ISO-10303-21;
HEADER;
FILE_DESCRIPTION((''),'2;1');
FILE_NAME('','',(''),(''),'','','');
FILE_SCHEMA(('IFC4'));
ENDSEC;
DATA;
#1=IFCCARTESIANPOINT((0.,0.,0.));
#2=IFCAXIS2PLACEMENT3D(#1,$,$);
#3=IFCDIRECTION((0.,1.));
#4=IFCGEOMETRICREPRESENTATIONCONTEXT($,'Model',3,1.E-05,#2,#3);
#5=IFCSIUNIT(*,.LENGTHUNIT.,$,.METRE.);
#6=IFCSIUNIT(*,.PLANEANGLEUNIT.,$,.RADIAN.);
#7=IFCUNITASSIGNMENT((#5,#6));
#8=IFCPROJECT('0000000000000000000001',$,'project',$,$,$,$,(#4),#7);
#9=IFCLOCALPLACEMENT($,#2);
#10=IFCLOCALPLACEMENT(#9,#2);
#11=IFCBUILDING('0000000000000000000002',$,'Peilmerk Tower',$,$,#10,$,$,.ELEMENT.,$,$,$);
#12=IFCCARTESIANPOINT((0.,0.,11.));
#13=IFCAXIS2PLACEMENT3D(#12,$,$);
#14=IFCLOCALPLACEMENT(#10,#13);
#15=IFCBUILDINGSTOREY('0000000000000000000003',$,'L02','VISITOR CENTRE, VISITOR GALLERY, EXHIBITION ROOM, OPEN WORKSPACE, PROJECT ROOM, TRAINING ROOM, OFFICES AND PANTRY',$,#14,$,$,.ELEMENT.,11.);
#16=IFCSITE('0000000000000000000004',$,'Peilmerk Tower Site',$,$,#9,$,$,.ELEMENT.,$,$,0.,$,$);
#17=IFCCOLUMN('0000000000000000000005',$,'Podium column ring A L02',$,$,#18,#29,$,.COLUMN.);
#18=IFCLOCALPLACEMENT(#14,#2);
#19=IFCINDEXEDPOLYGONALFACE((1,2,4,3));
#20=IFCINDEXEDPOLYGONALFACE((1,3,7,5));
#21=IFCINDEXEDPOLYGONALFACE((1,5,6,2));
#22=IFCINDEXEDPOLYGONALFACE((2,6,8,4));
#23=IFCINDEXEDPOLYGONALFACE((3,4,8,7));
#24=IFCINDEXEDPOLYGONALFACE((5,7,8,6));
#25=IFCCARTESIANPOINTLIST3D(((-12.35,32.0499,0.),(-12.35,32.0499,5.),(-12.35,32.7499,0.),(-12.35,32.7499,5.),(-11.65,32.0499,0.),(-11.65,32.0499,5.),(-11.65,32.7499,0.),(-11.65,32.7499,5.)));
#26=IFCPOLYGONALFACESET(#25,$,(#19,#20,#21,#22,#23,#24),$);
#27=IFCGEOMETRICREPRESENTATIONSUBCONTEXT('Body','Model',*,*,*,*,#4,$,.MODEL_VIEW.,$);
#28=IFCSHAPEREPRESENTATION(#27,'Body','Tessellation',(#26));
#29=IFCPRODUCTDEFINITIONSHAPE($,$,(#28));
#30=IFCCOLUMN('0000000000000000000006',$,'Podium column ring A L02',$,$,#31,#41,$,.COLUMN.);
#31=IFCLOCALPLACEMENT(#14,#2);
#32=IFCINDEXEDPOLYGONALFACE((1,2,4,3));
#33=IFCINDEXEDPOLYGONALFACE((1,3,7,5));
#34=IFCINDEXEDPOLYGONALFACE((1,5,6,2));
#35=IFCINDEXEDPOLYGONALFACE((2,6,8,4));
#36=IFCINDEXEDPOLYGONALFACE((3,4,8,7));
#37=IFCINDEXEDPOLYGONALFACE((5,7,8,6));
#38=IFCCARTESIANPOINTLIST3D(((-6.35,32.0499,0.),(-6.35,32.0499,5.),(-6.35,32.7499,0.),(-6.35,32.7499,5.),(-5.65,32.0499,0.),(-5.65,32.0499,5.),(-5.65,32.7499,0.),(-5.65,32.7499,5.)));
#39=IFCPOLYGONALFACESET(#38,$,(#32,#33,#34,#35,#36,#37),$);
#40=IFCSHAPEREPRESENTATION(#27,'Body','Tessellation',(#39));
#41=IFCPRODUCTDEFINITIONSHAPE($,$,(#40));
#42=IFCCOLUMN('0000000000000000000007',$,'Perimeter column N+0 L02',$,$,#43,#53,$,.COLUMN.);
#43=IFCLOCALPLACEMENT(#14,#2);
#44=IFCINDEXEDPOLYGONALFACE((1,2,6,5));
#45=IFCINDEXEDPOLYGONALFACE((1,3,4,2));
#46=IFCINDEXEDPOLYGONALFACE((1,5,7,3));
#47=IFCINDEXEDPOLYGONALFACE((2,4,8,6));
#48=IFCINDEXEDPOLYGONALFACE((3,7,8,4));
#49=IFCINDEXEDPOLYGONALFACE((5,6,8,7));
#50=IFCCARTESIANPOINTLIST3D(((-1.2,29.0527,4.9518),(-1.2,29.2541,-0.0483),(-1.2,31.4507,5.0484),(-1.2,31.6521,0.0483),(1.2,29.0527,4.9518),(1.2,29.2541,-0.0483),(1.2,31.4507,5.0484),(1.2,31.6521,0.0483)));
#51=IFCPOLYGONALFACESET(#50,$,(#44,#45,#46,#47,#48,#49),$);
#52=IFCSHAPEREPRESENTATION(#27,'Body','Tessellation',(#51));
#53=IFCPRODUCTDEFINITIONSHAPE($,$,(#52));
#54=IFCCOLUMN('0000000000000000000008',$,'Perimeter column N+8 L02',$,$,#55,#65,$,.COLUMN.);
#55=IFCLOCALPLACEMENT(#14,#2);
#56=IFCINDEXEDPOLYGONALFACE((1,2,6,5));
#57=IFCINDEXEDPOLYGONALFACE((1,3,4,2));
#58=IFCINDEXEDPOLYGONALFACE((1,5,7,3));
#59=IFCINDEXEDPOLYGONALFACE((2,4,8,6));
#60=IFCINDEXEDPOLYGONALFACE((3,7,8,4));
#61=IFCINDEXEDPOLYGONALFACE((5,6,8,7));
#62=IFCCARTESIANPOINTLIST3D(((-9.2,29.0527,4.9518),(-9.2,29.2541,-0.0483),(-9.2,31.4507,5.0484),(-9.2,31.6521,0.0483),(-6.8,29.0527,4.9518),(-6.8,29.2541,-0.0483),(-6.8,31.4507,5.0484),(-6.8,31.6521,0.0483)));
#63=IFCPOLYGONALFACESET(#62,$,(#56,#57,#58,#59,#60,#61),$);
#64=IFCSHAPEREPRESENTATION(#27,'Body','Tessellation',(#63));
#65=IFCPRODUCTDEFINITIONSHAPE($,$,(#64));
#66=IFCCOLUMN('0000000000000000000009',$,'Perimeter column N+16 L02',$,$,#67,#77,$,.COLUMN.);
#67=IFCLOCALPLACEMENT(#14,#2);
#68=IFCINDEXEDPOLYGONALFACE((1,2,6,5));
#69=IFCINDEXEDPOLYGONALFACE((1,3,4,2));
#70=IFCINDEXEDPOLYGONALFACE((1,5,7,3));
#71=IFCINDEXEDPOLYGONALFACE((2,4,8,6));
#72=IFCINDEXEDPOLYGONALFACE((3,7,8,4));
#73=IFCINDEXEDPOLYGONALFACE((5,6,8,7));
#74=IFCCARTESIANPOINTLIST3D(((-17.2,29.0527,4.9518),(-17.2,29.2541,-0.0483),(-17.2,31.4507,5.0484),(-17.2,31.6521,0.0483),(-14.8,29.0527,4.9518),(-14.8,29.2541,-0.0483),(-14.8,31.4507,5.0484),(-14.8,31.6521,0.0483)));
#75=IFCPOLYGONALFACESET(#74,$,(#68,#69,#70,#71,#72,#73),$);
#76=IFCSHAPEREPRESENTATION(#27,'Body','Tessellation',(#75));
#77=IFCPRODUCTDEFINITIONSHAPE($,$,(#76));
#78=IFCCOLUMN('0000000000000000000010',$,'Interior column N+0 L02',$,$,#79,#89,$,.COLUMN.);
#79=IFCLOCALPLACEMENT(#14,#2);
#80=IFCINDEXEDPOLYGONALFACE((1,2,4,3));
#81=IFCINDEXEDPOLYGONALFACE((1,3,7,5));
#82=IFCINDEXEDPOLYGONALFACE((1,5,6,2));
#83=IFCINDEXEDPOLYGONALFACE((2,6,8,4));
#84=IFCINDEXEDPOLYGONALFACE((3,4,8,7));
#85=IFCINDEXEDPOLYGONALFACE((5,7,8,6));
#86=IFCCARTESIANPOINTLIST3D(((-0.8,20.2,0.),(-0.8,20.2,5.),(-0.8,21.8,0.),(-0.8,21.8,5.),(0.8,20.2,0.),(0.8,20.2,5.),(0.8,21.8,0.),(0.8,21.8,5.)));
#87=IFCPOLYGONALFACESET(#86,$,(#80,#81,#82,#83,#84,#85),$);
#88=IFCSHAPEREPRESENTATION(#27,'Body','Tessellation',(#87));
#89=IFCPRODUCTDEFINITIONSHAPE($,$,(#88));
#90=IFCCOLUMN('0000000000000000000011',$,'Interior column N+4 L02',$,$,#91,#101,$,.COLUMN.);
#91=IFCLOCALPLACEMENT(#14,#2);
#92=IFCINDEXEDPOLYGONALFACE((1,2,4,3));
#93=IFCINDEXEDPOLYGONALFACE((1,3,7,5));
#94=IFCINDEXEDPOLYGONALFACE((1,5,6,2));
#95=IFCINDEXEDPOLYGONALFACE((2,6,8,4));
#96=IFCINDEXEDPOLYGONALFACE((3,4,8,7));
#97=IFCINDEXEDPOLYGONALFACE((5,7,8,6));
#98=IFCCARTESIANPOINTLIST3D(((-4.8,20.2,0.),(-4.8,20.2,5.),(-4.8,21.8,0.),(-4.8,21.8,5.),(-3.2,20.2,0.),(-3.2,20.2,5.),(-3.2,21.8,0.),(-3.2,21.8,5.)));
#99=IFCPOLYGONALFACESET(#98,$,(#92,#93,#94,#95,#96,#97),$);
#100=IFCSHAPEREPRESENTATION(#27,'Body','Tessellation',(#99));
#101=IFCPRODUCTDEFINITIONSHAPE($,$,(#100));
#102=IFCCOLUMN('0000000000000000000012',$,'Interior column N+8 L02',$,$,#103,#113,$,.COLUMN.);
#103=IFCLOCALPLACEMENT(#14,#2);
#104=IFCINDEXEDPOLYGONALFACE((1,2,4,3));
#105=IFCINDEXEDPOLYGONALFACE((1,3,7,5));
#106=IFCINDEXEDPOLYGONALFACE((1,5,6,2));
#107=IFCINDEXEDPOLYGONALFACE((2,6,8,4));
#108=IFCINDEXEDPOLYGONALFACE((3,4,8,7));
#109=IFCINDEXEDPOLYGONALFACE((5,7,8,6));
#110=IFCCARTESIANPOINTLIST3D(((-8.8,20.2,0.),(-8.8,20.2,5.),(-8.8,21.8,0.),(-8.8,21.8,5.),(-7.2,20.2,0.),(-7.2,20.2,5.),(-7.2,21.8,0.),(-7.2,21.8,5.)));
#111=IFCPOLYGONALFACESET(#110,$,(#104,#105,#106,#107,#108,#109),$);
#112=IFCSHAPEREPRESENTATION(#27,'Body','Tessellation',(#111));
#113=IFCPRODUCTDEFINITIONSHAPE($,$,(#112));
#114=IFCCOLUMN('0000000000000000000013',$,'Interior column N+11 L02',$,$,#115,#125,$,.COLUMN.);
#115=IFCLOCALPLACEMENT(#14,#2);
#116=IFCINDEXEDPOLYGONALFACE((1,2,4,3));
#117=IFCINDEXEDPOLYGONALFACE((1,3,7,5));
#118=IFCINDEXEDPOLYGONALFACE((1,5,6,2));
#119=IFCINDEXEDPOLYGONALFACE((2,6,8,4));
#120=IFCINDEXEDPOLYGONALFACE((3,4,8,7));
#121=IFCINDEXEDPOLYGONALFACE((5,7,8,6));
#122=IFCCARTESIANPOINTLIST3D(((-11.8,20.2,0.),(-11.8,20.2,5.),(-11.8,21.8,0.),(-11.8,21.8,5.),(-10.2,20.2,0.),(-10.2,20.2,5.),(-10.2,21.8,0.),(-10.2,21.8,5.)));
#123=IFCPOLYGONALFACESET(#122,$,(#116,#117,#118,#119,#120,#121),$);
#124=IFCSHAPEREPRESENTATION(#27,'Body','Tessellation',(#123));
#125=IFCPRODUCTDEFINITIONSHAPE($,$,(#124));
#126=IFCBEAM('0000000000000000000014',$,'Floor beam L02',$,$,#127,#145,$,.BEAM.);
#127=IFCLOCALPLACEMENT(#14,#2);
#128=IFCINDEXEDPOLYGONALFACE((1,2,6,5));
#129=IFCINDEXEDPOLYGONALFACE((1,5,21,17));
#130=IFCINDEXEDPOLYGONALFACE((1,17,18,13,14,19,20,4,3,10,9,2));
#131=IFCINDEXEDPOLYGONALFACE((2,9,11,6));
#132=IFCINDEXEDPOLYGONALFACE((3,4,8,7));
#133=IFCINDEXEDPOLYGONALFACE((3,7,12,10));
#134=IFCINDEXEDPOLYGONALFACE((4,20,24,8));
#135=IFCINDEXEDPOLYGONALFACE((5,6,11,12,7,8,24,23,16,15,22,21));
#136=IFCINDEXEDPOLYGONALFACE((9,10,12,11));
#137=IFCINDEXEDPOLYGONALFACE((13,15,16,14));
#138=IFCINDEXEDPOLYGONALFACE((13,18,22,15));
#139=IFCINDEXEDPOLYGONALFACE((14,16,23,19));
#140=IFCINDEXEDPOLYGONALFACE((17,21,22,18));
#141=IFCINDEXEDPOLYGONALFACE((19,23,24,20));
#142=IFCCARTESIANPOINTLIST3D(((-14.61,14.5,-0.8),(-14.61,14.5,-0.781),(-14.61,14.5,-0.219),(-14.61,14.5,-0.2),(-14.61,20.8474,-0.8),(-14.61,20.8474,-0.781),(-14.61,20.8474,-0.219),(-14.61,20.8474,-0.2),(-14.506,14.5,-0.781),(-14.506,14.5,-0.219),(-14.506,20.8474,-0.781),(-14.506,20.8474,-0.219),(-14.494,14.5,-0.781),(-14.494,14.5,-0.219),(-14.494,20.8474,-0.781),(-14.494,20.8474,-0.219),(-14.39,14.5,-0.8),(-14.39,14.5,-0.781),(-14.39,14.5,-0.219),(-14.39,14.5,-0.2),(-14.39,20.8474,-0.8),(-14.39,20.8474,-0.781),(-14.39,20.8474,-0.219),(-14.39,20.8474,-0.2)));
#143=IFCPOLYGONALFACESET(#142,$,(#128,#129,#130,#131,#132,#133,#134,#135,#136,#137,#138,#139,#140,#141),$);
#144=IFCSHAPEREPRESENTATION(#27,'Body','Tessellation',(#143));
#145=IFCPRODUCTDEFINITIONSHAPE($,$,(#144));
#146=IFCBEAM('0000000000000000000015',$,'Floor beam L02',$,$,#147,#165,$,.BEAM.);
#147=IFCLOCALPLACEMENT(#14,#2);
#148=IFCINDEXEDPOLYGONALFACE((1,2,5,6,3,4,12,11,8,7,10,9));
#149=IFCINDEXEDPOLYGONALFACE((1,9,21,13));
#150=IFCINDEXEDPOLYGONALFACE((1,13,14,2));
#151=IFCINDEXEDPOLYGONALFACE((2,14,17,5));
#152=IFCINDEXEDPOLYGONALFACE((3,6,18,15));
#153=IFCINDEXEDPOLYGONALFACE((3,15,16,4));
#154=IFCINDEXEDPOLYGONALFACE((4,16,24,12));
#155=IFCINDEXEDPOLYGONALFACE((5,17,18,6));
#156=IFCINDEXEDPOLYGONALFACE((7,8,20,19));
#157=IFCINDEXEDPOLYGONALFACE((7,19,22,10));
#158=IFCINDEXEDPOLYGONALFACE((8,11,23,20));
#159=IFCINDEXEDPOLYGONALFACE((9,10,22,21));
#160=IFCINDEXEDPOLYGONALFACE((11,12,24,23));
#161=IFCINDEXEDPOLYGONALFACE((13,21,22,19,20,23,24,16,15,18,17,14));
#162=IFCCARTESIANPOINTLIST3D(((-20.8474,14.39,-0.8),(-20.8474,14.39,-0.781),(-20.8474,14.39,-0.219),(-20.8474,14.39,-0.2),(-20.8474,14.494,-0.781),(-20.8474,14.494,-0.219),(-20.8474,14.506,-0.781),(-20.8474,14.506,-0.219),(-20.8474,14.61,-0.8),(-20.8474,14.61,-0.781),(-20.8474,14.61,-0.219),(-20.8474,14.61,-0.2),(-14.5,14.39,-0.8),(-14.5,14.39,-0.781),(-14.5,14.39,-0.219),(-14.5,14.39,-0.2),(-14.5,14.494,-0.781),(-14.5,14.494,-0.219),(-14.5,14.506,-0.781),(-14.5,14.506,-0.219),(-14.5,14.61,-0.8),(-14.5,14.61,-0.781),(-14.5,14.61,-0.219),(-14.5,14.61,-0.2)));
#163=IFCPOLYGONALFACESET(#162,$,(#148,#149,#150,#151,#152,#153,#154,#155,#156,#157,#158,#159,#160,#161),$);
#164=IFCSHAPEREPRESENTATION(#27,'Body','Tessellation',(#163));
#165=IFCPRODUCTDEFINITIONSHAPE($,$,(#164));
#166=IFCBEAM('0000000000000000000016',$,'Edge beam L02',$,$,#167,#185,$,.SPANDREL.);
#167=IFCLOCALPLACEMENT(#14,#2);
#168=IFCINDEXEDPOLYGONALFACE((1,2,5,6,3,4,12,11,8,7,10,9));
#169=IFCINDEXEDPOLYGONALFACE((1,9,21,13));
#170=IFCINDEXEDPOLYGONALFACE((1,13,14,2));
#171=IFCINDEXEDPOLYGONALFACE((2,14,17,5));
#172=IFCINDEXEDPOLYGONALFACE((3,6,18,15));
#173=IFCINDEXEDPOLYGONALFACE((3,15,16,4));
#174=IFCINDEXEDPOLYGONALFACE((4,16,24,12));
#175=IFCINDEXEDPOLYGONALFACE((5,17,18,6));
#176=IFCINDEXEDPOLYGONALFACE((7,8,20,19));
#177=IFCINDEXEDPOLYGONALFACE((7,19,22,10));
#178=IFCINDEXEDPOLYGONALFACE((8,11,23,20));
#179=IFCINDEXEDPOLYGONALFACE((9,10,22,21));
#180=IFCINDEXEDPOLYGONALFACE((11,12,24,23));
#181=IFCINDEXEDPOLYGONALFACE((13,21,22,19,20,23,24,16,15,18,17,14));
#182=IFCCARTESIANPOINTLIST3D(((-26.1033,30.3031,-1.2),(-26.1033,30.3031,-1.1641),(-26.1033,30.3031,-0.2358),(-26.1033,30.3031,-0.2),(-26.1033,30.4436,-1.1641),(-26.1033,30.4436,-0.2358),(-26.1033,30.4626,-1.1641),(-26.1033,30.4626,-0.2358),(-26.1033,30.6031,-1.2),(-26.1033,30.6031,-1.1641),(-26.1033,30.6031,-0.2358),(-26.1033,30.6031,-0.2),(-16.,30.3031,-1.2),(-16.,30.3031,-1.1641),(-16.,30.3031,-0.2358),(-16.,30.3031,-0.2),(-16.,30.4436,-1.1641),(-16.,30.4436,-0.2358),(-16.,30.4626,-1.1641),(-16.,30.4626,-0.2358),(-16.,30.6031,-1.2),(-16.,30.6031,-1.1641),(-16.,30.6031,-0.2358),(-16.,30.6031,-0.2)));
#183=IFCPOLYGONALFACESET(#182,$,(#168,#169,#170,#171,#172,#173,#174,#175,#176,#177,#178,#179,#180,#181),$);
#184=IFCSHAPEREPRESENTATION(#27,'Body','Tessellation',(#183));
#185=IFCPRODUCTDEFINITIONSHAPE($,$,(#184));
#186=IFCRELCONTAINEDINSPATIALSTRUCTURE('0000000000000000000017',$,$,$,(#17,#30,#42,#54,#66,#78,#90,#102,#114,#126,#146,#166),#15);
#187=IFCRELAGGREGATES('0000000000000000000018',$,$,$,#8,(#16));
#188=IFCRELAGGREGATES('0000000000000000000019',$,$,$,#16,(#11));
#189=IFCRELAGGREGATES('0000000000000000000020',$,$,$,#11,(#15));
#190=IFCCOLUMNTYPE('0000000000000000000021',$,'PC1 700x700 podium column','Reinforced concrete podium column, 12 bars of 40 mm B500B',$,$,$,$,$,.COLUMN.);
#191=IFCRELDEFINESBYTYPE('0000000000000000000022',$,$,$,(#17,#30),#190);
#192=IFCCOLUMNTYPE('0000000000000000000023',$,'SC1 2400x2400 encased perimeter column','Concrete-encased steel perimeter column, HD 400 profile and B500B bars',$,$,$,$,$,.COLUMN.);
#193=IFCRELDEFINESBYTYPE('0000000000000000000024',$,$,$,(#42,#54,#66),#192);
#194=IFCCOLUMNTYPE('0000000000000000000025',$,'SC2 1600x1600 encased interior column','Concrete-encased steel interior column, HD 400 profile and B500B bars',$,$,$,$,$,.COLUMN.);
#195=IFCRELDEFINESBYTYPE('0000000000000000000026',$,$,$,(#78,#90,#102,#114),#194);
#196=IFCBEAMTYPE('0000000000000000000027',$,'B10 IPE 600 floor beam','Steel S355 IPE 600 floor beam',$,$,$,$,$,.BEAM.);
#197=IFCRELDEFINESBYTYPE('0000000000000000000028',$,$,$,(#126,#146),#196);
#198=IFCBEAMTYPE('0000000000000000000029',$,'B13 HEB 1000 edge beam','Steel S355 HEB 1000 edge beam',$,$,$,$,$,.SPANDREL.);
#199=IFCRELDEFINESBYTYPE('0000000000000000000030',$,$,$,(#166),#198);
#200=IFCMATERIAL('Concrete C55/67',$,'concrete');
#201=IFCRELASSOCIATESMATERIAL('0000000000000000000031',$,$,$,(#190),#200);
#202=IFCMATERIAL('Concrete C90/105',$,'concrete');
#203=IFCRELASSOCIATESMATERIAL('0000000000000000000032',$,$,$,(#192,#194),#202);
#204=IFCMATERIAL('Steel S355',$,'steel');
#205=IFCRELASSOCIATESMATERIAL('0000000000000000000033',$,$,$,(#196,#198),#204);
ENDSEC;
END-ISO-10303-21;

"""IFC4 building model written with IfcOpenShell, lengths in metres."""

from ifc_helpers import new_model, si_unit, direction, frame, origin, origin_2d, place, context, subcontext, project, spatial, rectangle, i_section, extrude, material, material_profile, profile_set, type_object, element, save


model = new_model("IFC4")

# Units and contexts
model_context = context("Model", 3, precision=1e-05, world=origin(), true_north=direction((0.0, 1.0)))
body_context = subcontext(model_context, "Body", "Model", "MODEL_VIEW")
ifc_project = project(units=[si_unit("LENGTHUNIT", "METRE"), si_unit("PLANEANGLEUNIT", "RADIAN")], contexts=[model_context])

# Site, building, storey
site_placement = place(None, origin())
site = spatial("IfcSite", under=ifc_project, at=site_placement, Name="Peilmerk Tower Site", CompositionType="ELEMENT", RefElevation=0.0)
building_placement = place(site_placement, origin())
building = spatial("IfcBuilding", under=site, at=building_placement, Name="Peilmerk Tower", CompositionType="ELEMENT")
storey_placement = place(building_placement, frame((0.0, 0.0, 11.0)))
storey = spatial("IfcBuildingStorey", under=building, at=storey_placement, Name="L02", Description="VISITOR CENTRE, VISITOR GALLERY, EXHIBITION ROOM, OPEN WORKSPACE, PROJECT ROOM, TRAINING ROOM, OFFICES AND PANTRY", CompositionType="ELEMENT", Elevation=11.0)

# Columns
ifc_material_1 = material(Name="Concrete C55/67", Category="concrete")
ifc_material_profile_1 = material_profile(ifc_material_1, rectangle(XDim=0.7, YDim=0.7, at=origin_2d()), Name="RC 700x700")
ifc_profile_set_1 = profile_set([ifc_material_profile_1], Name="Concrete C55/67")
column_type_1 = type_object("IfcColumnType", Name="PC1 700x700 podium column", Description="Reinforced concrete podium column, 12 bars of 40 mm B500B", PredefinedType="COLUMN", material=ifc_profile_set_1)
for number, where, z_axis, x_axis, name in (
    (1, (-12.0, 32.3999, 0.0), (0.0, 0.0, 1.0), (1.0, 0.0, 0.0), "Podium column ring A L02"),
    (2, (-6.0, 32.3999, 0.0), (0.0, 0.0, 1.0), (1.0, 0.0, 0.0), "Podium column ring A L02"),
):
    element("IfcColumn", number, at=place(storey_placement, frame(where, z_axis=z_axis, x_axis=x_axis)), inside=storey, type_object=column_type_1, Name=name, PredefinedType="COLUMN", context=body_context, shape_type="SweptSolid", body=[
        extrude(rectangle(XDim=0.7, YDim=0.7, at=origin_2d()), origin(), (0.0, 0.0, 1.0), 5.0),
    ])
ifc_material_2 = material(Name="Concrete C90/105", Category="concrete")
ifc_material_profile_2 = material_profile(ifc_material_2, rectangle(XDim=2.3999, YDim=2.3999, at=origin_2d()), Name="RC 2400x2400")
ifc_profile_set_2 = profile_set([ifc_material_profile_2], Name="Concrete C90/105")
column_type_2 = type_object("IfcColumnType", Name="SC1 2400x2400 encased perimeter column", Description="Concrete-encased steel perimeter column, HD 400 profile and B500B bars", PredefinedType="COLUMN", material=ifc_profile_set_2)
for number, where, z_axis, x_axis, name in (
    (3, (0.0, 30.4531, 0.0), (0.0, -0.040251, 0.99919), (1.0, 0.0, 0.0), "Perimeter column N+0 L02"),
    (4, (-8.0, 30.4531, 0.0), (0.0, -0.040251, 0.99919), (1.0, 0.0, 0.0), "Perimeter column N+8 L02"),
    (5, (-16.0, 30.4531, 0.0), (0.0, -0.040251, 0.99919), (1.0, 0.0, 0.0), "Perimeter column N+16 L02"),
):
    element("IfcColumn", number, at=place(storey_placement, frame(where, z_axis=z_axis, x_axis=x_axis)), inside=storey, type_object=column_type_2, Name=name, PredefinedType="COLUMN", context=body_context, shape_type="SweptSolid", body=[
        extrude(rectangle(XDim=2.3999, YDim=2.3999, at=origin_2d()), origin(), (0.0, 0.0, 1.0), 5.0042),
    ])
ifc_material_profile_3 = material_profile(ifc_material_2, rectangle(XDim=1.6001, YDim=1.6001, at=origin_2d()), Name="RC 1600x1600")
ifc_profile_set_3 = profile_set([ifc_material_profile_3], Name="Concrete C90/105")
column_type_3 = type_object("IfcColumnType", Name="SC2 1600x1600 encased interior column", Description="Concrete-encased steel interior column, HD 400 profile and B500B bars", PredefinedType="COLUMN", material=ifc_profile_set_3)
for number, where, z_axis, x_axis, name in (
    (6, (0.0, 21.0, 0.0), (0.0, 0.0, 1.0), (1.0, 0.0, 0.0), "Interior column N+0 L02"),
    (7, (-4.0, 21.0, 0.0), (0.0, 0.0, 1.0), (1.0, 0.0, 0.0), "Interior column N+4 L02"),
    (8, (-8.0, 21.0, 0.0), (0.0, 0.0, 1.0), (1.0, 0.0, 0.0), "Interior column N+8 L02"),
    (9, (-11.0, 21.0, 0.0), (0.0, 0.0, 1.0), (1.0, 0.0, 0.0), "Interior column N+11 L02"),
):
    element("IfcColumn", number, at=place(storey_placement, frame(where, z_axis=z_axis, x_axis=x_axis)), inside=storey, type_object=column_type_3, Name=name, PredefinedType="COLUMN", context=body_context, shape_type="SweptSolid", body=[
        extrude(rectangle(XDim=1.6001, YDim=1.6001, at=origin_2d()), origin(), (0.0, 0.0, 1.0), 5.0),
    ])

# Beams
ifc_material_3 = material(Name="Steel S355", Category="steel")
ifc_material_profile_4 = material_profile(ifc_material_3, i_section(OverallWidth=0.22, OverallDepth=0.6001, WebThickness=0.012, FlangeThickness=0.019, at=origin_2d()), Name="IPE 600")
ifc_profile_set_4 = profile_set([ifc_material_profile_4], Name="Steel S355")
beam_type_1 = type_object("IfcBeamType", Name="B10 IPE 600 floor beam", Description="Steel S355 IPE 600 floor beam", PredefinedType="BEAM", material=ifc_profile_set_4)
for number, where, z_axis, x_axis, name in (
    (10, (-14.5, 14.5, -0.5), (0.0, 1.0, 0.0), (-1.0, 0.0, 0.0), "Floor beam L02"),
    (11, (-14.5, 14.5, -0.5), (-1.0, 0.0, 0.0), (0.0, -1.0, 0.0), "Floor beam L02"),
):
    element("IfcBeam", number, at=place(storey_placement, frame(where, z_axis=z_axis, x_axis=x_axis)), inside=storey, type_object=beam_type_1, Name=name, PredefinedType="BEAM", context=body_context, shape_type="SweptSolid", body=[
        extrude(i_section(OverallWidth=0.22, OverallDepth=0.6001, WebThickness=0.012, FlangeThickness=0.019, at=origin_2d()), origin(), (0.0, 0.0, 1.0), 6.3474),
    ])
ifc_material_profile_5 = material_profile(ifc_material_3, i_section(OverallWidth=0.3, OverallDepth=1.0, WebThickness=0.019, FlangeThickness=0.0359, at=origin_2d()), Name="HEB 1000")
ifc_profile_set_5 = profile_set([ifc_material_profile_5], Name="Steel S355")
beam_type_2 = type_object("IfcBeamType", Name="B13 HEB 1000 edge beam", Description="Steel S355 HEB 1000 edge beam", PredefinedType="SPANDREL", material=ifc_profile_set_5)
beam_1_placement = place(storey_placement, frame((-16.0, 30.4531, -0.7), z_axis=(-1.0, 0.0, 0.0), x_axis=(0.0, -1.0, 0.0)))
element("IfcBeam", 12, at=beam_1_placement, inside=storey, type_object=beam_type_2, Name="Edge beam L02", PredefinedType="SPANDREL", context=body_context, shape_type="SweptSolid", body=[
    extrude(i_section(OverallWidth=0.3, OverallDepth=1.0, WebThickness=0.019, FlangeThickness=0.0359, at=origin_2d()), origin(), (0.0, 0.0, 1.0), 10.1033),
])

save(model, "model.ifc")
